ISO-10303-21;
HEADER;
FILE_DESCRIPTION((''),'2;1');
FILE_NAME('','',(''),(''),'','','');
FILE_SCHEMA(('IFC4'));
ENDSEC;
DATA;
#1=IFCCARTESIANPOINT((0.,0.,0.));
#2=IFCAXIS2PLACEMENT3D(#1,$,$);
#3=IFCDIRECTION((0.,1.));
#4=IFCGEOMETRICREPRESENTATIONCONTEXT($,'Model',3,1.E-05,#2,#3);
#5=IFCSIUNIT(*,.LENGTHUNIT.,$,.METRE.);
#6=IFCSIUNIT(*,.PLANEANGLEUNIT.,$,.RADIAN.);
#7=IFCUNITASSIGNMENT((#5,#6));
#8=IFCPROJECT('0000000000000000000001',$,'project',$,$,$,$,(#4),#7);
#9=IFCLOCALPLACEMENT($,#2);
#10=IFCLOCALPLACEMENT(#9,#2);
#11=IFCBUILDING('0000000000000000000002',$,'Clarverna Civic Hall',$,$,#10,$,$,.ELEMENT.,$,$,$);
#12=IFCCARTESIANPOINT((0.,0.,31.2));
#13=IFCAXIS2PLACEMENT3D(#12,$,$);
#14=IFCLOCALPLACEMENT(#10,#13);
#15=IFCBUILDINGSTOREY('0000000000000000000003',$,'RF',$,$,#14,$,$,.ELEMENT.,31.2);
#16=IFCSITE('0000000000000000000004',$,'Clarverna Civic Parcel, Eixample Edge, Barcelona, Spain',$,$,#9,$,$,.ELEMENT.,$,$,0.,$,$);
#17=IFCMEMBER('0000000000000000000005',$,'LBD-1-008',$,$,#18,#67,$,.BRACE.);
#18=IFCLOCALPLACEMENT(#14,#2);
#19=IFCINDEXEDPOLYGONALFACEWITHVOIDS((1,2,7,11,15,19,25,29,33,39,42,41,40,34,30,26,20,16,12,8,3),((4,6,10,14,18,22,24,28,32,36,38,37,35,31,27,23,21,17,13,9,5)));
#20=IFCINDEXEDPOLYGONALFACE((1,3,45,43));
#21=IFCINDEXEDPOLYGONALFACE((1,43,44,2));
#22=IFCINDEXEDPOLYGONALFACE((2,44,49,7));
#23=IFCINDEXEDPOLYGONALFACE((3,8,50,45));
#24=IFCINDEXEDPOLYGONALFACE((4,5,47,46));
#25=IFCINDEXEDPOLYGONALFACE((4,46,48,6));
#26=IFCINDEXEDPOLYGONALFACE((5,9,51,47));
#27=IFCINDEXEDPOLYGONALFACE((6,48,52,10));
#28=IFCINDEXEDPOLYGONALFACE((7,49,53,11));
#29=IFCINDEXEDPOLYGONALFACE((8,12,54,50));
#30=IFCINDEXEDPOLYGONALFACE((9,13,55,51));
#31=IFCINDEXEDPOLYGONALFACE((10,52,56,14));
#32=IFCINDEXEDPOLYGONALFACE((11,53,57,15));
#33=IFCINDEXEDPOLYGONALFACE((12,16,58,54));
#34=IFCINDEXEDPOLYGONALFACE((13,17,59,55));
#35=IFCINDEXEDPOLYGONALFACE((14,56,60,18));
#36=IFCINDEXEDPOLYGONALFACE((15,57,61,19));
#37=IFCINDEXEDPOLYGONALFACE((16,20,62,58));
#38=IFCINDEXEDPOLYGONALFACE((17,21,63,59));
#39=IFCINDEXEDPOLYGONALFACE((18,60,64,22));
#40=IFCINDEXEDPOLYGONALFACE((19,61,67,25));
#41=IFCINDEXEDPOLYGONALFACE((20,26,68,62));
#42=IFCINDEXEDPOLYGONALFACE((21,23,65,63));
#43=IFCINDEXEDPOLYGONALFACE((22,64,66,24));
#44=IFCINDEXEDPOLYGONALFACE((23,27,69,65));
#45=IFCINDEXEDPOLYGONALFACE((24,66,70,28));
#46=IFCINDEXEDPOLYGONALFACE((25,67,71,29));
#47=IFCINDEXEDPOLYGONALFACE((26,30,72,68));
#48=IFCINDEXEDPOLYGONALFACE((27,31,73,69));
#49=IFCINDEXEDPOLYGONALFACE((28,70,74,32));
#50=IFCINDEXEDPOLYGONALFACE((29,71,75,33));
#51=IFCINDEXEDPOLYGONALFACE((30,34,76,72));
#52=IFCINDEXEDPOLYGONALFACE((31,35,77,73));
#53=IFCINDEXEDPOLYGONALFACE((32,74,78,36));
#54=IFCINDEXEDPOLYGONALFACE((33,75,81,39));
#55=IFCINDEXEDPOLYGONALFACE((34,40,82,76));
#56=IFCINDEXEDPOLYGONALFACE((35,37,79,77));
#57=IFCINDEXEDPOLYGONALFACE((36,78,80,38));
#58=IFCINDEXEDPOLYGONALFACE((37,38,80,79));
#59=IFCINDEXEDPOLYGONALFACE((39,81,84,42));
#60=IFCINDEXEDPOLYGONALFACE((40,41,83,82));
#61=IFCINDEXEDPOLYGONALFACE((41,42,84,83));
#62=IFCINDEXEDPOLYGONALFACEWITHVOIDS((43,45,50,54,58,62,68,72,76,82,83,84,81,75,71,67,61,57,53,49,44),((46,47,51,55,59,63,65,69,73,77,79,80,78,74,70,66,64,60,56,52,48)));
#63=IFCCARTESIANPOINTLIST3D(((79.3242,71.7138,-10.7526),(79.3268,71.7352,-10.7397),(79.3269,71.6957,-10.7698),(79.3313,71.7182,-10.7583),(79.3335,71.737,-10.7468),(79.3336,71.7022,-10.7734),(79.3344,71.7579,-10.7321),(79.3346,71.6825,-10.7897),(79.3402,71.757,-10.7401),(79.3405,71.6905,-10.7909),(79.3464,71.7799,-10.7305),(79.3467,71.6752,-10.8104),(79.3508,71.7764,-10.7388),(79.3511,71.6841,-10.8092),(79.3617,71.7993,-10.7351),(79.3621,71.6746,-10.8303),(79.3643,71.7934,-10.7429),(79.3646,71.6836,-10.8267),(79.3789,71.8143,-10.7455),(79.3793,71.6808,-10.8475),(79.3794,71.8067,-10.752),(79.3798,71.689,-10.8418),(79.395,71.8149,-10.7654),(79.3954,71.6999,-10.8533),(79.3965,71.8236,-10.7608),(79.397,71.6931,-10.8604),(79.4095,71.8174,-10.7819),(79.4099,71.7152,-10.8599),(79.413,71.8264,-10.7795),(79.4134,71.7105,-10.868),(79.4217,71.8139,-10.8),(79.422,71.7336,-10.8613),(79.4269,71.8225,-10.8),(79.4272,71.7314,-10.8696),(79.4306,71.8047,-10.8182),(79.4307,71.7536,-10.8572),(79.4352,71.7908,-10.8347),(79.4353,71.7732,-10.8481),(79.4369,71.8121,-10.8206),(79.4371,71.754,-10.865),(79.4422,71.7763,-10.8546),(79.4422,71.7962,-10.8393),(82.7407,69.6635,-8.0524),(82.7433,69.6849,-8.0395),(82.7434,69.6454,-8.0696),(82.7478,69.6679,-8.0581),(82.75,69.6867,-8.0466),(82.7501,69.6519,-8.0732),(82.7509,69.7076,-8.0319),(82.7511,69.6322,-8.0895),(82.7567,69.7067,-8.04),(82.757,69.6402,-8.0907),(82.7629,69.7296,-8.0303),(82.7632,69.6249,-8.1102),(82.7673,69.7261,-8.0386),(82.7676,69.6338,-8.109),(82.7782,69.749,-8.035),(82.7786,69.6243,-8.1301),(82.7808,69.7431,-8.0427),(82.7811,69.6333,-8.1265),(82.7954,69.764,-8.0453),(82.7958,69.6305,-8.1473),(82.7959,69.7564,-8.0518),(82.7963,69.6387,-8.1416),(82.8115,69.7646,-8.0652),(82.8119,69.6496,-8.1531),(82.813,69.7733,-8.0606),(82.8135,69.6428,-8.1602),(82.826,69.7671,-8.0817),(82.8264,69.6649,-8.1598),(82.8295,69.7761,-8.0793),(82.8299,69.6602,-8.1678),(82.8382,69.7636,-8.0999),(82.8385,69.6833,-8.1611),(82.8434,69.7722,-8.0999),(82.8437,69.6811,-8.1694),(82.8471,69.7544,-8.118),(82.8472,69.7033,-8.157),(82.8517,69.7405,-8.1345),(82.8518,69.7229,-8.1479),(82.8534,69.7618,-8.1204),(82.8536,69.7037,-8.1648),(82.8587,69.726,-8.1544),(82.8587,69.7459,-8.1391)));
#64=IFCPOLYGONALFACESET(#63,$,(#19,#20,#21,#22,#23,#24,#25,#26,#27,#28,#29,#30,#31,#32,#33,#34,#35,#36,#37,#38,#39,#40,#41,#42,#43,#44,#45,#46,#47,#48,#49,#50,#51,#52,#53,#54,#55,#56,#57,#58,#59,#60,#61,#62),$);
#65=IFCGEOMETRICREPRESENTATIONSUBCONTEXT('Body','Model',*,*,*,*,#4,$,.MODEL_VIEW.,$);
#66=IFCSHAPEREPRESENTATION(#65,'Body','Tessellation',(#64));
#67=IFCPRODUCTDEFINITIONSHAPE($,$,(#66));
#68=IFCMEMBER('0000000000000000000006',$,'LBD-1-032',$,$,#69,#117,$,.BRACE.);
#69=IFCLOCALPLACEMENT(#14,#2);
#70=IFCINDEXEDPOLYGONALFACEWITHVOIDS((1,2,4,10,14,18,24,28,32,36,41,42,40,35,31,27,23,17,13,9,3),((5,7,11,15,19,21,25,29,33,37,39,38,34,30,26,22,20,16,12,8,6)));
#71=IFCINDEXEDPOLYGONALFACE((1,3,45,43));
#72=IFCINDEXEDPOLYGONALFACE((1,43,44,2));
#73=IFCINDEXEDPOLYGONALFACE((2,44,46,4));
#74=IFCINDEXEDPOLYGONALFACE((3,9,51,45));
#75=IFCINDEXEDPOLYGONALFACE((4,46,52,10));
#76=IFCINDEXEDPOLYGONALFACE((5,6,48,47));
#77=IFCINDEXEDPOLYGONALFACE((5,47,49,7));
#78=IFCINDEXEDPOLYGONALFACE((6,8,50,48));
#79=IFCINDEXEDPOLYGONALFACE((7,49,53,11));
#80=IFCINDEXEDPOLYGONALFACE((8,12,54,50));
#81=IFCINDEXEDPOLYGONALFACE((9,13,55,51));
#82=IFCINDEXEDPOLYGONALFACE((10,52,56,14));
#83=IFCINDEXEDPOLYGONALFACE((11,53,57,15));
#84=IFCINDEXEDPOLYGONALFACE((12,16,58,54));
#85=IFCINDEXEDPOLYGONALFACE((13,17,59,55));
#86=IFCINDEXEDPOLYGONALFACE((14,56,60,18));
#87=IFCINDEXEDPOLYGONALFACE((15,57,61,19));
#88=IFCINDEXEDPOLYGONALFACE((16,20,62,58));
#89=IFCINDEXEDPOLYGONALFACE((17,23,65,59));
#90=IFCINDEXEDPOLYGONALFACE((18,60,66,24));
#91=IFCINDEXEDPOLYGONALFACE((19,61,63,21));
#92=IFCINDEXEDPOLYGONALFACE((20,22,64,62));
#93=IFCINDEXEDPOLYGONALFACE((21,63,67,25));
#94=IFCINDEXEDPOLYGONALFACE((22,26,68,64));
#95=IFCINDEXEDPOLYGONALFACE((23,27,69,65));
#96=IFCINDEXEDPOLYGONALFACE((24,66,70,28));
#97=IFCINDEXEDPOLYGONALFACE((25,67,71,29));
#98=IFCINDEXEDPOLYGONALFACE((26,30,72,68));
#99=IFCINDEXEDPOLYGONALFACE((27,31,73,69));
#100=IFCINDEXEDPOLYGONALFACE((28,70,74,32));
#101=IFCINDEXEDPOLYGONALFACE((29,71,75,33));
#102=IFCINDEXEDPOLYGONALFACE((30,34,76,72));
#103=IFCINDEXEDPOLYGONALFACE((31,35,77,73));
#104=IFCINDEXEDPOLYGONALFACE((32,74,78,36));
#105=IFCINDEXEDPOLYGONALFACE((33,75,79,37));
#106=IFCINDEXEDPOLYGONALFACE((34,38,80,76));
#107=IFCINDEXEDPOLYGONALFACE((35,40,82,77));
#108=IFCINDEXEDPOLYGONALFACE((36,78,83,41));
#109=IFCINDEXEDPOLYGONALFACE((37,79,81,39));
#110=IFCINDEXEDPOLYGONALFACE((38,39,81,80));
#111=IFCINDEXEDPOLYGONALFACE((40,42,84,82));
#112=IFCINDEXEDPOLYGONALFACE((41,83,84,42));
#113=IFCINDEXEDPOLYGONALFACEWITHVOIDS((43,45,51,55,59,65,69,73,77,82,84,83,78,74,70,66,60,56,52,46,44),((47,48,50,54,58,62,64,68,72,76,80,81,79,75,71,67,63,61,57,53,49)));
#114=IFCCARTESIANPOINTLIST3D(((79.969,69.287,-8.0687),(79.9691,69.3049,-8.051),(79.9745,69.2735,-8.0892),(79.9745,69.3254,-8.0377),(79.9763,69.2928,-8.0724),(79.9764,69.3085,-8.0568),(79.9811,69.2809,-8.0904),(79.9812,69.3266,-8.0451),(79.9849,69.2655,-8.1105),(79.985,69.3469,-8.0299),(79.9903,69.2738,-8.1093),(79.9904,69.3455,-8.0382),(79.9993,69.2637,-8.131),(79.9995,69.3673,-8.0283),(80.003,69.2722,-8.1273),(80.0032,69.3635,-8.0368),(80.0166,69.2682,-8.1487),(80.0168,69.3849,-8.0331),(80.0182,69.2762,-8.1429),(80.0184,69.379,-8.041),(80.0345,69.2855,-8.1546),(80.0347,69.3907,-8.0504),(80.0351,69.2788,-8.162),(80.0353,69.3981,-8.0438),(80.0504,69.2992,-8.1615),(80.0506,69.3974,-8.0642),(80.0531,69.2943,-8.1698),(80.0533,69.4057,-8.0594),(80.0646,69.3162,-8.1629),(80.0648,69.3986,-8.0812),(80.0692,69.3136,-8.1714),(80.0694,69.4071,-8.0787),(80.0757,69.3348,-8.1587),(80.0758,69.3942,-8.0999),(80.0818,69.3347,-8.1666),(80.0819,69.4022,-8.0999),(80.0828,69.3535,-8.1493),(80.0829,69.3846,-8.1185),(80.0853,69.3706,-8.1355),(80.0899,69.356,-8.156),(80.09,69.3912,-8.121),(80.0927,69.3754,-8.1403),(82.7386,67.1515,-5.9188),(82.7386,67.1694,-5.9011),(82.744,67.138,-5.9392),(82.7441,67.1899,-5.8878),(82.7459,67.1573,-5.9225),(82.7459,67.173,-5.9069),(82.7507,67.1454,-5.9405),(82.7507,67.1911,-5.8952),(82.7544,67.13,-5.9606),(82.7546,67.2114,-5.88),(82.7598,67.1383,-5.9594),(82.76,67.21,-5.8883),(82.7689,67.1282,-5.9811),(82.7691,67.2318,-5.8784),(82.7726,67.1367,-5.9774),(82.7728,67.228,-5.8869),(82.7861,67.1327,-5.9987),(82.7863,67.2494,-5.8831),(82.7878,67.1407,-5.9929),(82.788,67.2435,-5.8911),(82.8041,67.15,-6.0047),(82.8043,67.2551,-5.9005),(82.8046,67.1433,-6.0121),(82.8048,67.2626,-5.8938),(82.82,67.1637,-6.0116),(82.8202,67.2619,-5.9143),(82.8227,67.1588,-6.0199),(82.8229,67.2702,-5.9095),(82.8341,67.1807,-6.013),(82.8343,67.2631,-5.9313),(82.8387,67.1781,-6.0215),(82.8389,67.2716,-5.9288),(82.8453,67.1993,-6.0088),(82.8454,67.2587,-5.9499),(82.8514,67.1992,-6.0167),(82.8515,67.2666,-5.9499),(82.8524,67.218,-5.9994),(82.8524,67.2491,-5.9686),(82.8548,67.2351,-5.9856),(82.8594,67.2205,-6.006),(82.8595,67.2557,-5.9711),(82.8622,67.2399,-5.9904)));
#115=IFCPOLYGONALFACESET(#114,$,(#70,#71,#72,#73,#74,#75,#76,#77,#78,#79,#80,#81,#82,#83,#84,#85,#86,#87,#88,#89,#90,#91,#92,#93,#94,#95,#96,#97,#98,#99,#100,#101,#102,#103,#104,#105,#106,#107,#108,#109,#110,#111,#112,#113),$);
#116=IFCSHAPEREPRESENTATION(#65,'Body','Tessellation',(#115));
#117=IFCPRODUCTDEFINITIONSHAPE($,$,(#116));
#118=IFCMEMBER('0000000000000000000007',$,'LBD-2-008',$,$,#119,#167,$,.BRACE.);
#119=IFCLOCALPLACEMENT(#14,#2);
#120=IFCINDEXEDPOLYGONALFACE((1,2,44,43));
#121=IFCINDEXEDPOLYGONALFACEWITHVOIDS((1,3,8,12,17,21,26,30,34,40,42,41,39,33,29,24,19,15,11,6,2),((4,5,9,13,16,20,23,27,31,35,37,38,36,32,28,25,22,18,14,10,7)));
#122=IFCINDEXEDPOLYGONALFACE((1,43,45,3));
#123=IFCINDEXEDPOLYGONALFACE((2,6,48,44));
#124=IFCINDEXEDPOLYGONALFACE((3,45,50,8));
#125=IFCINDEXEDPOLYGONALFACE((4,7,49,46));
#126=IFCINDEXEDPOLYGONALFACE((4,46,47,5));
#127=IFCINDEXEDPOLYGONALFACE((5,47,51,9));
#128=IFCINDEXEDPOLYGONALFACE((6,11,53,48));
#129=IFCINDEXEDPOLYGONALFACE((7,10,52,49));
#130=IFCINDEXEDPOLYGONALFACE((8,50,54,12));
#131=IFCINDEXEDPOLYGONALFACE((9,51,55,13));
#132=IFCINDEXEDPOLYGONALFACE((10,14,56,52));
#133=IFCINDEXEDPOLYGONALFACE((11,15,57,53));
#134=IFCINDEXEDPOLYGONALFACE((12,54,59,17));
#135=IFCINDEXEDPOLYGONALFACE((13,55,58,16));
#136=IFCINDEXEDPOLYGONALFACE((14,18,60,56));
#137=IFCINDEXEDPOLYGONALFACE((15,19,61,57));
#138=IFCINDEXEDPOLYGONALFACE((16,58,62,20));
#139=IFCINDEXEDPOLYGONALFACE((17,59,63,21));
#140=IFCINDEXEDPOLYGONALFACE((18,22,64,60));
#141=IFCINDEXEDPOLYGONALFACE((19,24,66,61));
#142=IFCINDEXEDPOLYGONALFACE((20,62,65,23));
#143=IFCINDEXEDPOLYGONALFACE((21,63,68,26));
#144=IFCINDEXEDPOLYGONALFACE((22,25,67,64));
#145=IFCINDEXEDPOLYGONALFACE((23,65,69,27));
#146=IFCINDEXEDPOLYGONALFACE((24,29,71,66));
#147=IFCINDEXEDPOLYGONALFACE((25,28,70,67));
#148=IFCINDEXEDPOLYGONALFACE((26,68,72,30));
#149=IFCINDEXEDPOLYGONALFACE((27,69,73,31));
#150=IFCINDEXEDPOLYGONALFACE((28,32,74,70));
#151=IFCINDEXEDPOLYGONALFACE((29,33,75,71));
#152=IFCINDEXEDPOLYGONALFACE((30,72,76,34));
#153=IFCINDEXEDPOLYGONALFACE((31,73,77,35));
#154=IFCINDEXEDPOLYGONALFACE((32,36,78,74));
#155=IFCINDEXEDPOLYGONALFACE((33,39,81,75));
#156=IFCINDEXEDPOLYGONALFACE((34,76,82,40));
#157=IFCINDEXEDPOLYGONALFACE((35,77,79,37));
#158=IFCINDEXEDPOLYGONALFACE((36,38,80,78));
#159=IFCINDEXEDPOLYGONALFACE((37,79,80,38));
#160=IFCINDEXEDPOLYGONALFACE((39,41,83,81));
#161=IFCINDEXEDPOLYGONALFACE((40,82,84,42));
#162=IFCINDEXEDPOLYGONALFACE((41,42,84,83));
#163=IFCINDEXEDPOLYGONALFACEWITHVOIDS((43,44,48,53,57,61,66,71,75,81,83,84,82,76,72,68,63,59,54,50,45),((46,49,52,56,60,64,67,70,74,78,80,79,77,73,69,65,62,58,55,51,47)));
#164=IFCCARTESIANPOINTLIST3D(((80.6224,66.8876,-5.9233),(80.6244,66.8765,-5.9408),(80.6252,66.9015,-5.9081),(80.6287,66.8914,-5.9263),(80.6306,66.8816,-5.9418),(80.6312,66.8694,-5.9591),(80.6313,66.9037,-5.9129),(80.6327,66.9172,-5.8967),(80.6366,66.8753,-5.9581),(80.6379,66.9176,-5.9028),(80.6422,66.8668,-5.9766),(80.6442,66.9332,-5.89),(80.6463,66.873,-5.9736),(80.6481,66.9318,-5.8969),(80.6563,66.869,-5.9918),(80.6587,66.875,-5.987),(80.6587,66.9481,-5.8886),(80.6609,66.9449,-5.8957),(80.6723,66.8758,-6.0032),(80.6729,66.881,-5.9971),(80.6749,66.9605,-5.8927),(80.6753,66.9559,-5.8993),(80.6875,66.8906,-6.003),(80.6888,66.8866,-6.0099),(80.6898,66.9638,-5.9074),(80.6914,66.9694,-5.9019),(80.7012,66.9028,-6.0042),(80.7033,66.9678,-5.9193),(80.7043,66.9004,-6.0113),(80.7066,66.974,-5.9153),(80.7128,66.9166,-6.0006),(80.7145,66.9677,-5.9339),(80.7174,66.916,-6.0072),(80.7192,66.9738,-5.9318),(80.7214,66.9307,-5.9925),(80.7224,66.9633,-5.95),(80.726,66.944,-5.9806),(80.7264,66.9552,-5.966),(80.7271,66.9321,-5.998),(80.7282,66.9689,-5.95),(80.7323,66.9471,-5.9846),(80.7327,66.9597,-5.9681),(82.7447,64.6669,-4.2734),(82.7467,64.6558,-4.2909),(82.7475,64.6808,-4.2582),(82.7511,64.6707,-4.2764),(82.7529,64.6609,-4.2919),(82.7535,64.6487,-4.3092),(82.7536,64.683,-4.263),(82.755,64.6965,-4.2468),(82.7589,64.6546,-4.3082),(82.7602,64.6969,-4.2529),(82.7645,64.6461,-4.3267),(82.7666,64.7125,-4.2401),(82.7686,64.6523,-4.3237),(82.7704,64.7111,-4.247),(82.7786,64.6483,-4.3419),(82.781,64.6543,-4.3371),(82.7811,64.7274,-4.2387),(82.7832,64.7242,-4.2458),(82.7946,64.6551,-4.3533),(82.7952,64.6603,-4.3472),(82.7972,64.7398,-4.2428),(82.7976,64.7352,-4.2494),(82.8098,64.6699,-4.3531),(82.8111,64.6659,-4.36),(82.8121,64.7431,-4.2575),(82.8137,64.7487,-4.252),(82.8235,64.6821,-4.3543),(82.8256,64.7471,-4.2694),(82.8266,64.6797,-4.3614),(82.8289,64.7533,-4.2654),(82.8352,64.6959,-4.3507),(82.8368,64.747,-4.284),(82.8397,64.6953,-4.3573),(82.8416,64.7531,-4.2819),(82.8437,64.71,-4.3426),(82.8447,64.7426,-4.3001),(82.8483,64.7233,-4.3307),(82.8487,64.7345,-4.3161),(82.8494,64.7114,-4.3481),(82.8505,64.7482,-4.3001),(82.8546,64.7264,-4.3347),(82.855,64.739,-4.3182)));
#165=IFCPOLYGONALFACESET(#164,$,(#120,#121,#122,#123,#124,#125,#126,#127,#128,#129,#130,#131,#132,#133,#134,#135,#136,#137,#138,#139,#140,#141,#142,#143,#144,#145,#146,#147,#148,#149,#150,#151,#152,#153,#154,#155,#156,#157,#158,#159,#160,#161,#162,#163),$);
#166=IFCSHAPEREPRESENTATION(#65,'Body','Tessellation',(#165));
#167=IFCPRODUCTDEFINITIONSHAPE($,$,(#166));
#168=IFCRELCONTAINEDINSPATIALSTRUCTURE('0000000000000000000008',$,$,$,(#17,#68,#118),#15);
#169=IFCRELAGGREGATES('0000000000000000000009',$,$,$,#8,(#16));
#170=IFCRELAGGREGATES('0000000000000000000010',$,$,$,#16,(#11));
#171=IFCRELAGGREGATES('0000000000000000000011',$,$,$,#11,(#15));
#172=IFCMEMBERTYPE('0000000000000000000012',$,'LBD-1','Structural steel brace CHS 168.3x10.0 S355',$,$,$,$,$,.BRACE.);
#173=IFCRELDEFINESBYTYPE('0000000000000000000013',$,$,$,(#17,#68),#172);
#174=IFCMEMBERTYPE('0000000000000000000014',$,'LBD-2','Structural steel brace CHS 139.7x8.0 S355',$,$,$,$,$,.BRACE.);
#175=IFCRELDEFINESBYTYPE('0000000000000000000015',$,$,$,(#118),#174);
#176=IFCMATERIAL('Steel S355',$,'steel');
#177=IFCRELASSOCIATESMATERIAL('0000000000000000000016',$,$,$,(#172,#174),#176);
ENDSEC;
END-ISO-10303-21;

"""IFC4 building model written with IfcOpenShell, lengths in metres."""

from ifc_helpers import new_model, si_unit, direction, frame, origin, origin_2d, place, context, subcontext, project, spatial, hollow_circle, extrude, material, material_profile, profile_set, type_object, element, save


model = new_model("IFC4")

# Units and contexts
model_context = context("Model", 3, precision=1e-05, world=origin(), true_north=direction((0.0, 1.0)))
body_context = subcontext(model_context, "Body", "Model", "MODEL_VIEW")
ifc_project = project(units=[si_unit("LENGTHUNIT", "METRE"), si_unit("PLANEANGLEUNIT", "RADIAN")], contexts=[model_context])

# Site, building, storey
site_placement = place(None, origin())
site = spatial("IfcSite", under=ifc_project, at=site_placement, Name="Clarverna Civic Parcel, Eixample Edge, Barcelona, Spain", CompositionType="ELEMENT", RefElevation=0.0)
building_placement = place(site_placement, origin())
building = spatial("IfcBuilding", under=site, at=building_placement, Name="Clarverna Civic Hall", CompositionType="ELEMENT")
storey_placement = place(building_placement, frame((0.0, 0.0, 31.2)))
storey = spatial("IfcBuildingStorey", under=building, at=storey_placement, Name="RF", CompositionType="ELEMENT", Elevation=31.2)

# Members
ifc_material_1 = material(Name="Steel S355", Category="steel")
ifc_material_profile_1 = material_profile(ifc_material_1, hollow_circle(Radius=0.0842, WallThickness=0.01, at=origin_2d()), Name="CHS 168.3x10.0")
ifc_profile_set_1 = profile_set([ifc_material_profile_1], Name="Steel S355")
member_type_1 = type_object("IfcMemberType", Name="LBD-1", Description="Structural steel brace CHS 168.3x10.0 S355", PredefinedType="BRACE", material=ifc_profile_set_1)
member_1_placement = place(storey_placement, frame((79.3835, 71.7502, -10.8), z_axis=(0.709814, -0.42597, 0.560994), x_axis=(0.514568, 0.85745, 0.0)))
element("IfcMember", 1, at=member_1_placement, inside=storey, type_object=member_type_1, Name="LBD-1-008", PredefinedType="BRACE", context=body_context, shape_type="SweptSolid", body=[
    extrude(hollow_circle(Radius=0.0842, WallThickness=0.01, at=origin_2d()), origin(), (0.0, 0.0, 1.0), 4.8132),
])
member_2_placement = place(storey_placement, frame((80.0305, 69.3354, -8.0999), z_axis=(0.674638, -0.520192, 0.523701), x_axis=(0.610625, 0.79192, 0.0)))
element("IfcMember", 2, at=member_2_placement, inside=storey, type_object=member_type_1, Name="LBD-1-032", PredefinedType="BRACE", context=body_context, shape_type="SweptSolid", body=[
    extrude(hollow_circle(Radius=0.0842, WallThickness=0.01, at=origin_2d()), origin(), (0.0, 0.0, 1.0), 4.1052),
])
ifc_material_profile_2 = material_profile(ifc_material_1, hollow_circle(Radius=0.0698, WallThickness=0.0081, at=origin_2d()), Name="CHS 139.7x8.0")
ifc_profile_set_2 = profile_set([ifc_material_profile_2], Name="Steel S355")
member_type_2 = type_object("IfcMemberType", Name="LBD-2", Description="Structural steel brace CHS 139.7x8.0 S355", PredefinedType="BRACE", material=ifc_profile_set_2)
member_3_placement = place(storey_placement, frame((80.6777, 66.9207, -5.95), z_axis=(0.608668, -0.636885, 0.473182), x_axis=(0.72294, 0.69091, 0.0)))
element("IfcMember", 3, at=member_3_placement, inside=storey, type_object=member_type_2, Name="LBD-2-008", PredefinedType="BRACE", context=body_context, shape_type="SweptSolid", body=[
    extrude(hollow_circle(Radius=0.0698, WallThickness=0.0081, at=origin_2d()), origin(), (0.0, 0.0, 1.0), 3.4868),
])

save(model, "model.ifc")
